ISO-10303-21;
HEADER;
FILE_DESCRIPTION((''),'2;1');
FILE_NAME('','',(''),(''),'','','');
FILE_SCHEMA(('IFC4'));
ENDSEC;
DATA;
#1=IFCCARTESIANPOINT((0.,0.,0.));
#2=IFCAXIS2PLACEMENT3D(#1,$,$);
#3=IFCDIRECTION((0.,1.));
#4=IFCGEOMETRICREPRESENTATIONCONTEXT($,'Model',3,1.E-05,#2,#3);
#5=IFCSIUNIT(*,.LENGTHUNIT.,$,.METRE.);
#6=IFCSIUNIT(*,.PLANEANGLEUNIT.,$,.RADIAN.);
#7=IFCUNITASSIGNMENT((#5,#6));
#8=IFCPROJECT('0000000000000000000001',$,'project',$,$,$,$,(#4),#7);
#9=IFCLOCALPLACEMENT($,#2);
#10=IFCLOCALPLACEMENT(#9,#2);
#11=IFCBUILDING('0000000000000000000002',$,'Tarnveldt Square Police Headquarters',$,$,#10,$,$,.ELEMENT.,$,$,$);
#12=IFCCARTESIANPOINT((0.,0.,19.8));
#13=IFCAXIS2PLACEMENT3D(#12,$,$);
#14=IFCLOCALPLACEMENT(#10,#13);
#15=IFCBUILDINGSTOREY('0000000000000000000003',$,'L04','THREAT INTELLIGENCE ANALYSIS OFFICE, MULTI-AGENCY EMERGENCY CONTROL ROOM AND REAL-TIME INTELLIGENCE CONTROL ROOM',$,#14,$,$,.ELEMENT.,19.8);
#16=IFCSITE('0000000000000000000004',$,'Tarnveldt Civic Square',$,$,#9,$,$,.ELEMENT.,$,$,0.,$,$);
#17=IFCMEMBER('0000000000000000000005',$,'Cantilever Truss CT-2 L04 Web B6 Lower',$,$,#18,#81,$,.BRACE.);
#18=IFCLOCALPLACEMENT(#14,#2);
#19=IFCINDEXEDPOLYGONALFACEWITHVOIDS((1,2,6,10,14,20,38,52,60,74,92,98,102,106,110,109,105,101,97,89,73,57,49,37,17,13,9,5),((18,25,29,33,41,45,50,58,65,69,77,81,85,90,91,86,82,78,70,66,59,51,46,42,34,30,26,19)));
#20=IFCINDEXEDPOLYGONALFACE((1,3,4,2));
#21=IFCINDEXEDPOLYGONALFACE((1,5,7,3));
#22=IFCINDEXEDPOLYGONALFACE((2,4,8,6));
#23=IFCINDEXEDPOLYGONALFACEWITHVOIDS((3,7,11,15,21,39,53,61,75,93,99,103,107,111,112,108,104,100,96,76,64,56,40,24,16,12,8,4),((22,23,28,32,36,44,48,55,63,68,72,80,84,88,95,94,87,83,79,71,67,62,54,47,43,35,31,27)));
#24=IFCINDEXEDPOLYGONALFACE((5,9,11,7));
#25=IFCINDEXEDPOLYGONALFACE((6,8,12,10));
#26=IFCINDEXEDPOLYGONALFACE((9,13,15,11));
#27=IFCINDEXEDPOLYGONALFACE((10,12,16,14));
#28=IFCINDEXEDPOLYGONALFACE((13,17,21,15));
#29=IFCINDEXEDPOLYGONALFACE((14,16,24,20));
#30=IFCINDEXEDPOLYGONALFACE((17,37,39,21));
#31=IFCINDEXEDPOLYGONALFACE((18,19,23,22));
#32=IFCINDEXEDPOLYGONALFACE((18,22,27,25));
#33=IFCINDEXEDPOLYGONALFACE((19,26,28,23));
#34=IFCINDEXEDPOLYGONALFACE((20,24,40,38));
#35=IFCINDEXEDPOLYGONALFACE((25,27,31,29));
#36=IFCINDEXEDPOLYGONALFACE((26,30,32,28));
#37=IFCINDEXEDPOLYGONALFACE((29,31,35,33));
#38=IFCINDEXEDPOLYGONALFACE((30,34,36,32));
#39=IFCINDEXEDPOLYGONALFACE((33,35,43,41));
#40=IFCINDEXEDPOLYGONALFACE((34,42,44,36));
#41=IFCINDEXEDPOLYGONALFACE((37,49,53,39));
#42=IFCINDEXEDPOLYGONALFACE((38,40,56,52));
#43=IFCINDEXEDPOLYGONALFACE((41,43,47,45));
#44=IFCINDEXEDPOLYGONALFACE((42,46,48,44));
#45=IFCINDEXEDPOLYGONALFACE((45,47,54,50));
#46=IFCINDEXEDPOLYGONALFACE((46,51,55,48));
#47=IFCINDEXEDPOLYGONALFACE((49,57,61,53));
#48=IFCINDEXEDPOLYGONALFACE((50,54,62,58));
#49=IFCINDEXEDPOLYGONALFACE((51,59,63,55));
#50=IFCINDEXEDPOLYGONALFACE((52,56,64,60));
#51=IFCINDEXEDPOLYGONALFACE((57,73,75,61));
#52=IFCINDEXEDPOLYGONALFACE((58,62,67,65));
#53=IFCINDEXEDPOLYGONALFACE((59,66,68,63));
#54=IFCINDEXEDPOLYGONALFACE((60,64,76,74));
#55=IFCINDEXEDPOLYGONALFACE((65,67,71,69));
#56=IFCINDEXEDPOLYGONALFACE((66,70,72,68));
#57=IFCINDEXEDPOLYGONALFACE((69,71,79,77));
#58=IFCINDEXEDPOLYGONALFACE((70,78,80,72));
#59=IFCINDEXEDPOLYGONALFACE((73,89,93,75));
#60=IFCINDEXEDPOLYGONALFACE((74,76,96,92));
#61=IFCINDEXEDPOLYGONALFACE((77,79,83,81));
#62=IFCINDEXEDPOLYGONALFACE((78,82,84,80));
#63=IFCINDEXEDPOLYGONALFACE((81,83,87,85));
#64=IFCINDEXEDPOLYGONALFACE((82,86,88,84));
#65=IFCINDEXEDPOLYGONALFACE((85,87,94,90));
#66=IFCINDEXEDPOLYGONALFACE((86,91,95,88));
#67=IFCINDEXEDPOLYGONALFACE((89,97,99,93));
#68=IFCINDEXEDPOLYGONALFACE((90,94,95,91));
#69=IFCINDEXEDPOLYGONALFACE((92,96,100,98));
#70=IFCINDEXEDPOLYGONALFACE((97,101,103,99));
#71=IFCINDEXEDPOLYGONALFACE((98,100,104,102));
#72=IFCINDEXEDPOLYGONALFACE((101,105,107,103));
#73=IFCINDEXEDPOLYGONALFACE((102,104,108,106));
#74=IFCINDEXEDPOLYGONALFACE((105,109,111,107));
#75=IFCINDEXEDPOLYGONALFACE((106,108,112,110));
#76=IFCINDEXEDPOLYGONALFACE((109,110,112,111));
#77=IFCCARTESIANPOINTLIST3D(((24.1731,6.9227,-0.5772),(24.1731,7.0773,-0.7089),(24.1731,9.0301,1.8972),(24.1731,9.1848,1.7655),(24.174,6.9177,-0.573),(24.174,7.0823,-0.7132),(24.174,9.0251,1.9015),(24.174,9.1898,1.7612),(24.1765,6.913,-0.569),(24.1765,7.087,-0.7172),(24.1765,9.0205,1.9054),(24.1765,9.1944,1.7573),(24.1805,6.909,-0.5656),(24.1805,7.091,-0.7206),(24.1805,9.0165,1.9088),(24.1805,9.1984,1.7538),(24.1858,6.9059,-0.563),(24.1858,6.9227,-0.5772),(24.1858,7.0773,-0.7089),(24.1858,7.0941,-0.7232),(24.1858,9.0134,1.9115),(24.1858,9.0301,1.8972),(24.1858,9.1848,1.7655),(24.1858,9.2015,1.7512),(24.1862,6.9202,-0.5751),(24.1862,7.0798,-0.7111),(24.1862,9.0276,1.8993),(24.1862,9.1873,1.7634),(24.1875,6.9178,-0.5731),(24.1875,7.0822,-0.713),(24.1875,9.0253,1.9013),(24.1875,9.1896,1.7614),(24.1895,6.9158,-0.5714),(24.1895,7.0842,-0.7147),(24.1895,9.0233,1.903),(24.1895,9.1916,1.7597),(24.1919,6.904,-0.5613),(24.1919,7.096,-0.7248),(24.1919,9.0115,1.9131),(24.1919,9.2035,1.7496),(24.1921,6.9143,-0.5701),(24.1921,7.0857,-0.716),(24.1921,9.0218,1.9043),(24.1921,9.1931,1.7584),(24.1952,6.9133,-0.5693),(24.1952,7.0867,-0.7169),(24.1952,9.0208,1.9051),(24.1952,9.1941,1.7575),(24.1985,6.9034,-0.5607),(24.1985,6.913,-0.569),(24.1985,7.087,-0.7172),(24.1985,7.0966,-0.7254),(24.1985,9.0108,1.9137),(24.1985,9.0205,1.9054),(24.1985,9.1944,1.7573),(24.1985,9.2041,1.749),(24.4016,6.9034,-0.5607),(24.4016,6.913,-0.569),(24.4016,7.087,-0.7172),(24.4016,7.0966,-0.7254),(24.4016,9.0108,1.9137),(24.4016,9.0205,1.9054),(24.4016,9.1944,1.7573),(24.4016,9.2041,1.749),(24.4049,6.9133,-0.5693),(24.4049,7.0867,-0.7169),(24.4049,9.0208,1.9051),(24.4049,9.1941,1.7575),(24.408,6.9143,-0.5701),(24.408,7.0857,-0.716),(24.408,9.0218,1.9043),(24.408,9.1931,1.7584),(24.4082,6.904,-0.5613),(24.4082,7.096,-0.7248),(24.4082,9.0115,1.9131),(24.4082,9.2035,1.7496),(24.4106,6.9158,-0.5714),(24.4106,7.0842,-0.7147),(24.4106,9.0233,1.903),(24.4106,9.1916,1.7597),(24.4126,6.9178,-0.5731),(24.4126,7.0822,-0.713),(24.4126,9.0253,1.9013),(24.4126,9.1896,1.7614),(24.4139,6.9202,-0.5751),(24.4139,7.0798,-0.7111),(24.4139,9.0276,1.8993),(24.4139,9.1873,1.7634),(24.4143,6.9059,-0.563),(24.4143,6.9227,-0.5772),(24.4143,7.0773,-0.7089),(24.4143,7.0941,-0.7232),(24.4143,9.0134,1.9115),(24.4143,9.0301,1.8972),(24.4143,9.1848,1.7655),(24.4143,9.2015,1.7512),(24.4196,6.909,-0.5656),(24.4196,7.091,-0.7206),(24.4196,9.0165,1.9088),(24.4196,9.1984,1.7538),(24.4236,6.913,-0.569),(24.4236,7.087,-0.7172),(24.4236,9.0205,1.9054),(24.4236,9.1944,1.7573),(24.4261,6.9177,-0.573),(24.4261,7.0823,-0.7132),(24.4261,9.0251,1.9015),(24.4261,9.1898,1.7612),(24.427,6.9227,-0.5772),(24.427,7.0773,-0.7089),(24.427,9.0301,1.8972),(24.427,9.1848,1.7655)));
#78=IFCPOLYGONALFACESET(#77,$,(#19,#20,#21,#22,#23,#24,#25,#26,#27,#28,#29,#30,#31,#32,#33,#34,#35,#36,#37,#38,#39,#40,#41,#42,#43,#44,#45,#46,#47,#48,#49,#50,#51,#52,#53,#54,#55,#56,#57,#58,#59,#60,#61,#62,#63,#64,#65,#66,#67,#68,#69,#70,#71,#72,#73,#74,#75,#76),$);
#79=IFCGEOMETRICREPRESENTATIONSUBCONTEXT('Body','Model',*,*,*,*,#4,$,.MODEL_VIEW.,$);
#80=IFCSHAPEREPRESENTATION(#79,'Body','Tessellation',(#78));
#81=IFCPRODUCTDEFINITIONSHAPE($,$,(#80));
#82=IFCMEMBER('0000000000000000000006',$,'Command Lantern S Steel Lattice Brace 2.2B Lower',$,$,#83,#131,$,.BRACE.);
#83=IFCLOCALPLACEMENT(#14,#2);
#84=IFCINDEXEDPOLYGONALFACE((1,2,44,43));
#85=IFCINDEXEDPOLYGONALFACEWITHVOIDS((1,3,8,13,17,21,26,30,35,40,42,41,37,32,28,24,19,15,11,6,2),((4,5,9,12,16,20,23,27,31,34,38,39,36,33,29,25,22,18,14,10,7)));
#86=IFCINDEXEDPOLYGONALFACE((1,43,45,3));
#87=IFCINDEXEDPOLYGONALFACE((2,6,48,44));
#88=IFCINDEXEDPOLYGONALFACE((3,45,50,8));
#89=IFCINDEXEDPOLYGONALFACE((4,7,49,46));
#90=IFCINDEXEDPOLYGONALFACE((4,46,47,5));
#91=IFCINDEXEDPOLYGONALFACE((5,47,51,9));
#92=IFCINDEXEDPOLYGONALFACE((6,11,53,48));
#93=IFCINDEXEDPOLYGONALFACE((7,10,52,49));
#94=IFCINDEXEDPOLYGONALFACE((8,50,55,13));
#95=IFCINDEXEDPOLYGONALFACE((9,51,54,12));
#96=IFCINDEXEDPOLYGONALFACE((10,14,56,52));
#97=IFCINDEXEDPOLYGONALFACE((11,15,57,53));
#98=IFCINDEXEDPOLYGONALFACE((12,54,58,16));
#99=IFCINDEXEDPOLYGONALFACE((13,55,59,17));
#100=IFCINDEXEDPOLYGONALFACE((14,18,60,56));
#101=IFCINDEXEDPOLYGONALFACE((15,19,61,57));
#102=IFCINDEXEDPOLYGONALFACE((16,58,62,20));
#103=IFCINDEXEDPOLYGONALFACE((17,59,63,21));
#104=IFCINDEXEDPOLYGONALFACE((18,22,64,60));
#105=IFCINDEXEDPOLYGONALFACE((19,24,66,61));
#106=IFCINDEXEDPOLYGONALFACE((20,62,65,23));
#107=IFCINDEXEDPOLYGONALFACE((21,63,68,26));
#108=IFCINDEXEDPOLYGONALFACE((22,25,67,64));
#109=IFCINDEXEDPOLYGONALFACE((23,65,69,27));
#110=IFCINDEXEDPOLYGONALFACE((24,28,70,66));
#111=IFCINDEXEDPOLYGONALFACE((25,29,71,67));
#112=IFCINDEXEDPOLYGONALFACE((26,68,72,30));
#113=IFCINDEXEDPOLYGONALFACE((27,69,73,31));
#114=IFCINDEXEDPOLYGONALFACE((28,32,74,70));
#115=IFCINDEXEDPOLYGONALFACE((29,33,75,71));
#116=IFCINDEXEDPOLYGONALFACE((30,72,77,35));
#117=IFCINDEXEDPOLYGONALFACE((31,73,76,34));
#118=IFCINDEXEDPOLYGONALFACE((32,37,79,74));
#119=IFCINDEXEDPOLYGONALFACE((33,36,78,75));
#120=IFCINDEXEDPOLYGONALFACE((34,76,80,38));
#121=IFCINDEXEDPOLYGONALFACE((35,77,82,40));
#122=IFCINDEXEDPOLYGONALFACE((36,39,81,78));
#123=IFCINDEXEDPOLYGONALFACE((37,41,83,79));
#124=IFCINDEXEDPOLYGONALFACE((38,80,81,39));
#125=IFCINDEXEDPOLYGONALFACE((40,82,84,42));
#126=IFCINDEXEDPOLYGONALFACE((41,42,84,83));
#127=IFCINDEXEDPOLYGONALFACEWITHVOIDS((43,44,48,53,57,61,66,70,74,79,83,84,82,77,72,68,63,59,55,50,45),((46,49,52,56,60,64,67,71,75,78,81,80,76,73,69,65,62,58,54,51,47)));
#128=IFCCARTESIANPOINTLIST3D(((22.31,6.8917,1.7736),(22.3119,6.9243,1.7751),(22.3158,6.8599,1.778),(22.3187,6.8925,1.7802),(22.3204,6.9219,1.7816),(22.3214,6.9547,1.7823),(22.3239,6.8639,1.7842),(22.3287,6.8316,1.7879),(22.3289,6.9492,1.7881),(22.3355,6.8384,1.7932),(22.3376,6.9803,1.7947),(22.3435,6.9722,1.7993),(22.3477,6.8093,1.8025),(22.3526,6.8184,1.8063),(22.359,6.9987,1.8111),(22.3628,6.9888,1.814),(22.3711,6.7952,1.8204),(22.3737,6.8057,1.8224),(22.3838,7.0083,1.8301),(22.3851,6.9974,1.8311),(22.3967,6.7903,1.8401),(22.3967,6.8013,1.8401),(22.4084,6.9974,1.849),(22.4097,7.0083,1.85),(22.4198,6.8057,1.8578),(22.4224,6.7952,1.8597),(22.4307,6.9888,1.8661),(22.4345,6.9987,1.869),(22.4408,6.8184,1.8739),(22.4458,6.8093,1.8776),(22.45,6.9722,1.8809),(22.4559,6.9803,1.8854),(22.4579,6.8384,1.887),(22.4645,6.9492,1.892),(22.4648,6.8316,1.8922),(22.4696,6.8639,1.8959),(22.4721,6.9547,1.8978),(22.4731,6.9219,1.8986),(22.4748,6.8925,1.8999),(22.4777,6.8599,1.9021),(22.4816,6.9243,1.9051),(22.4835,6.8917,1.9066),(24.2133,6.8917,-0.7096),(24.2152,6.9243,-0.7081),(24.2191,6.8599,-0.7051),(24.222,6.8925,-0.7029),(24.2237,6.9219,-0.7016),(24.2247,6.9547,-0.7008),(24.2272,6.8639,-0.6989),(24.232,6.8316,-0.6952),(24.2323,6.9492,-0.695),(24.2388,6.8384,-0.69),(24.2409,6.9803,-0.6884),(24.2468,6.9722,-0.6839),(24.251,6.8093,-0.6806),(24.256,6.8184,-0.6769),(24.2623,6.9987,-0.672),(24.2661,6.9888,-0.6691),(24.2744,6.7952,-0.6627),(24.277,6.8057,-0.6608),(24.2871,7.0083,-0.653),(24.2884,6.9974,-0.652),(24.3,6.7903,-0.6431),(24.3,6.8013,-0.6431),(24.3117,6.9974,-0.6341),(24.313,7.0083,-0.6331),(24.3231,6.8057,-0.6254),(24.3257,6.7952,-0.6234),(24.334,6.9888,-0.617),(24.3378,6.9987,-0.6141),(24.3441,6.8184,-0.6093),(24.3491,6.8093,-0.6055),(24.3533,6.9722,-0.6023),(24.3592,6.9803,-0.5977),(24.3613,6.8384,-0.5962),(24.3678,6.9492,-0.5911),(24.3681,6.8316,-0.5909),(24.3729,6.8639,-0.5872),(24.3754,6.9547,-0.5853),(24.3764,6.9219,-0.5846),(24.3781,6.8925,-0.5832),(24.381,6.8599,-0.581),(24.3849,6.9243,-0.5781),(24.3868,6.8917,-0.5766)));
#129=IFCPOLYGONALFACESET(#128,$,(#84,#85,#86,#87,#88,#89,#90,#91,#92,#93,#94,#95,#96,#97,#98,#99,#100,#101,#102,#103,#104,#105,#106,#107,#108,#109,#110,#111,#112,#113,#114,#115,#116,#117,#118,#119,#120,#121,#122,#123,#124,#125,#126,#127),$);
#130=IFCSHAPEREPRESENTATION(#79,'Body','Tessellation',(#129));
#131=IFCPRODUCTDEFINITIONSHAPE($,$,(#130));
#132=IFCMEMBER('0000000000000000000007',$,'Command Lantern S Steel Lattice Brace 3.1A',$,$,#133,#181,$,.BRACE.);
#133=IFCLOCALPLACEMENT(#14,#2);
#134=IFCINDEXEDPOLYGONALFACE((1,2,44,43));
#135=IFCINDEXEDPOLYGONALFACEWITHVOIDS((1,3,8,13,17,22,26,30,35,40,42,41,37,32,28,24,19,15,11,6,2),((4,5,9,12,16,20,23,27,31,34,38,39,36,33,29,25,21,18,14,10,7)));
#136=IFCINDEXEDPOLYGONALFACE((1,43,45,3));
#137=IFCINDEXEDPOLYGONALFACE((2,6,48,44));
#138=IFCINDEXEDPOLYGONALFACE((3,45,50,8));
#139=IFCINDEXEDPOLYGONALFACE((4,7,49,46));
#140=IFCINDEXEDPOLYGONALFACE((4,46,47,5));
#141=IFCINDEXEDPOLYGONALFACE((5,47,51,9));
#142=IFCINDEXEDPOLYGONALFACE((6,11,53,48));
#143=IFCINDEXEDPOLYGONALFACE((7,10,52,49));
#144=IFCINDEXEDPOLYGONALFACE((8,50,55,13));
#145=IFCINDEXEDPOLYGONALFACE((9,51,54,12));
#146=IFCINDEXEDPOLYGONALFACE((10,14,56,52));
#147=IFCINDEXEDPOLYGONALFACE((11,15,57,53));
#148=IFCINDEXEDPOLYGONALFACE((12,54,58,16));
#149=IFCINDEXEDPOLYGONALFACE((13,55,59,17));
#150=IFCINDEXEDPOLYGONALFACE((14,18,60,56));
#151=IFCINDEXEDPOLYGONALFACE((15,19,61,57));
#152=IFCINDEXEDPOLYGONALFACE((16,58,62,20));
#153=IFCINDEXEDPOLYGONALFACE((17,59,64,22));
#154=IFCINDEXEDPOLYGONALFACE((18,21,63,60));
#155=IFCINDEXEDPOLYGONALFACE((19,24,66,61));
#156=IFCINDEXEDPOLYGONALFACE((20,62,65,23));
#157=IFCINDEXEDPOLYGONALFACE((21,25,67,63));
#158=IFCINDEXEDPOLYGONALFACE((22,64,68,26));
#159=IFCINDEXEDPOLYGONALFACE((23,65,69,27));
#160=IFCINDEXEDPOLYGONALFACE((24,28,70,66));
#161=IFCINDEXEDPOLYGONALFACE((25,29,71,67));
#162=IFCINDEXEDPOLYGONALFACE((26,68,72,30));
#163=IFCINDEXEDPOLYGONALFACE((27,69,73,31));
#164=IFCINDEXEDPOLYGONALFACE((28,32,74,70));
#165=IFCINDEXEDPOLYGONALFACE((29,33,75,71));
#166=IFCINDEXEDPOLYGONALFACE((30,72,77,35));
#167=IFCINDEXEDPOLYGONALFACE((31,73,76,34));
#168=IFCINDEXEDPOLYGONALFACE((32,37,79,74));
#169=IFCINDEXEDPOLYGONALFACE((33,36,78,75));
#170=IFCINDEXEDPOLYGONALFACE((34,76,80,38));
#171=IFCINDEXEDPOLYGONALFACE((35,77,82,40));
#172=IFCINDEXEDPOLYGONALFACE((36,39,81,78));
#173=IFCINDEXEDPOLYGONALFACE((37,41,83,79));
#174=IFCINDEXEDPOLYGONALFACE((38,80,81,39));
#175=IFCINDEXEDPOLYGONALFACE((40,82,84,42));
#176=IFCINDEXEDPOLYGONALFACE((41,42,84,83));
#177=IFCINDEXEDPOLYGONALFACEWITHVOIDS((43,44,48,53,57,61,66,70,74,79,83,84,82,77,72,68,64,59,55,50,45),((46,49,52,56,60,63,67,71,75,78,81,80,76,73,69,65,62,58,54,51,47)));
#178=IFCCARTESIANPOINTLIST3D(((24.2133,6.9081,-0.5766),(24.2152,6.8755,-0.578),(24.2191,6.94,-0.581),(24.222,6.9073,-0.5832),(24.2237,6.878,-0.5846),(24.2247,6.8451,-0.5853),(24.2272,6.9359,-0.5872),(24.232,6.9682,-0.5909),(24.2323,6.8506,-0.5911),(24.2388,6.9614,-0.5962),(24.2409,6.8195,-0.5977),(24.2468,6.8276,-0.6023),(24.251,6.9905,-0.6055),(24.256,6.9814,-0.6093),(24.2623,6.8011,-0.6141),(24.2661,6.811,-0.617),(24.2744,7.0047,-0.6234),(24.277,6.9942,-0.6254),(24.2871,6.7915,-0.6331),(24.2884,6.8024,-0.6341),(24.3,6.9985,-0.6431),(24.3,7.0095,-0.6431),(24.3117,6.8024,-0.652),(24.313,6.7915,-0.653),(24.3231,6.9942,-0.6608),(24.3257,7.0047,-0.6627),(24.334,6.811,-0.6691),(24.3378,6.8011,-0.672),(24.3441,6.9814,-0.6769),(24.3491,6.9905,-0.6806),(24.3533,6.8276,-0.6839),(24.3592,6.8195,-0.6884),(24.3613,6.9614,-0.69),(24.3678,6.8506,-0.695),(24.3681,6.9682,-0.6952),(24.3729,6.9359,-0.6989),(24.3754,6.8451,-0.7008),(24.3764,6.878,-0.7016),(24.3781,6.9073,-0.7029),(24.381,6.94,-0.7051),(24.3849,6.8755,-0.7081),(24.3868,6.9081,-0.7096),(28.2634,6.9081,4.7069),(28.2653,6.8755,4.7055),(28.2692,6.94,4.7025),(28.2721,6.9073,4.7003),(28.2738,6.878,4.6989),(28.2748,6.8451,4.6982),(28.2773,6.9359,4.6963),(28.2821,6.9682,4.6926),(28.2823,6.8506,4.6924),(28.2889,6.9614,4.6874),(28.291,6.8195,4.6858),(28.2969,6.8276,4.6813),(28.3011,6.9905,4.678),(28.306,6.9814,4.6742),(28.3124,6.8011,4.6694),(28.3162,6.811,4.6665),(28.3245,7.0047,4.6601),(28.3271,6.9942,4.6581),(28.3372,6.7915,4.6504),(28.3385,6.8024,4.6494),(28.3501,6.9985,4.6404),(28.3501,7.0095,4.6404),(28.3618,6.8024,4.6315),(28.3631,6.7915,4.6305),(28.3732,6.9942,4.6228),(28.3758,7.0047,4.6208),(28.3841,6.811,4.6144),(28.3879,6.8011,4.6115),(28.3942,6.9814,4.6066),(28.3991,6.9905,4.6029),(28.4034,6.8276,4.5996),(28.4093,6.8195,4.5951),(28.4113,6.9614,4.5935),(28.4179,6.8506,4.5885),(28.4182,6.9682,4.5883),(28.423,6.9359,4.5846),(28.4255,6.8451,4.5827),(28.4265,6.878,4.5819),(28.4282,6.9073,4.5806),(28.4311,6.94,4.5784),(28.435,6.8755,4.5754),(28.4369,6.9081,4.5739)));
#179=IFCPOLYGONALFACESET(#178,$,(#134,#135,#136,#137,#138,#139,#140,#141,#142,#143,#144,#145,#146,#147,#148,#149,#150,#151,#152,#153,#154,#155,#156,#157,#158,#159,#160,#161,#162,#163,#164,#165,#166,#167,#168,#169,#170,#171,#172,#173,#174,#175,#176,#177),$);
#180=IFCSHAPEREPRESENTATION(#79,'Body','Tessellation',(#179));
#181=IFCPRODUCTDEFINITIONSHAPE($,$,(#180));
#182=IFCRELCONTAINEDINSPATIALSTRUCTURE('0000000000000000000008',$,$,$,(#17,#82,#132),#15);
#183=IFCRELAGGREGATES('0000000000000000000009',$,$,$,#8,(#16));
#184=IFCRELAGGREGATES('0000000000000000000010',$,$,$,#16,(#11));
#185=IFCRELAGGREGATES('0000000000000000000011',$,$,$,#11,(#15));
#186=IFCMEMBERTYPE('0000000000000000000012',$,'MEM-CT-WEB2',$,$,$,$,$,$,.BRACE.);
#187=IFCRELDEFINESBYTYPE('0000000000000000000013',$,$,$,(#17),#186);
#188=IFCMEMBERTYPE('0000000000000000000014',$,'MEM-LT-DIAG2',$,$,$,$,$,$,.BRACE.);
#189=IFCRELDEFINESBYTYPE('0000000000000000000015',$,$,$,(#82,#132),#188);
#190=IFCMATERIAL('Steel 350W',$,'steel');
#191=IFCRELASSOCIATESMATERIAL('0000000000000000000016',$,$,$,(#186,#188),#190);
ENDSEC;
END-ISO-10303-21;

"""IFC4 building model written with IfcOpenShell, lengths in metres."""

from ifc_helpers import new_model, si_unit, direction, frame, origin, origin_2d, place, context, subcontext, project, spatial, hollow_rectangle, hollow_circle, extrude, material, material_profile, profile_set, type_object, element, save


model = new_model("IFC4")

# Units and contexts
model_context = context("Model", 3, precision=1e-05, world=origin(), true_north=direction((0.0, 1.0)))
body_context = subcontext(model_context, "Body", "Model", "MODEL_VIEW")
ifc_project = project(units=[si_unit("LENGTHUNIT", "METRE"), si_unit("PLANEANGLEUNIT", "RADIAN")], contexts=[model_context])

# Site, building, storey
site_placement = place(None, origin())
site = spatial("IfcSite", under=ifc_project, at=site_placement, Name="Tarnveldt Civic Square", CompositionType="ELEMENT", RefElevation=0.0)
building_placement = place(site_placement, origin())
building = spatial("IfcBuilding", under=site, at=building_placement, Name="Tarnveldt Square Police Headquarters", CompositionType="ELEMENT")
storey_placement = place(building_placement, frame((0.0, 0.0, 19.8)))
storey = spatial("IfcBuildingStorey", under=building, at=storey_placement, Name="L04", Description="THREAT INTELLIGENCE ANALYSIS OFFICE, MULTI-AGENCY EMERGENCY CONTROL ROOM AND REAL-TIME INTELLIGENCE CONTROL ROOM", CompositionType="ELEMENT", Elevation=19.8)

# Shared definitions
ifc_material_1 = material(Name="Steel 350W", Category="steel")

# Members
ifc_material_profile_1 = material_profile(ifc_material_1, hollow_rectangle(XDim=0.2539, YDim=0.2539, WallThickness=0.0127, InnerFilletRadius=0.0127, OuterFilletRadius=0.0254, at=origin_2d()), Name="HSS254x254x13")
ifc_profile_set_1 = profile_set([ifc_material_profile_1], Name="Steel 350W")
member_type_1 = type_object("IfcMemberType", Name="MEM-CT-WEB2", PredefinedType="BRACE", material=ifc_profile_set_1)
member_1_placement = place(storey_placement, frame((24.3, 7.0, -0.6431), z_axis=(0.0, 0.6484, 0.7613), x_axis=(-1.0, 0.0, 0.0)))
element("IfcMember", 1, at=member_1_placement, inside=storey, type_object=member_type_1, Name="Cantilever Truss CT-2 L04 Web B6 Lower", PredefinedType="BRACE", context=body_context, shape_type="SweptSolid", body=[
    extrude(hollow_rectangle(XDim=0.2539, YDim=0.2539, WallThickness=0.0127, InnerFilletRadius=0.0127, OuterFilletRadius=0.0254, at=origin_2d()), origin(), (0.0, 0.0, 1.0), 3.2502),
])
ifc_material_profile_2 = material_profile(ifc_material_1, hollow_circle(Radius=0.1096, WallThickness=0.011, at=origin_2d()), Name="HSS219x11")
ifc_profile_set_2 = profile_set([ifc_material_profile_2], Name="Steel 350W")
member_type_2 = type_object("IfcMemberType", Name="MEM-LT-DIAG2", PredefinedType="BRACE", material=ifc_profile_set_2)
member_2_placement = place(storey_placement, frame((24.3, 6.8999, -0.6431), z_axis=(-0.608345, 0.0, 0.793673), x_axis=(0.0, -1.0, 0.0)))
element("IfcMember", 2, at=member_2_placement, inside=storey, type_object=member_type_2, Name="Command Lantern S Steel Lattice Brace 2.2B Lower", PredefinedType="BRACE", context=body_context, shape_type="SweptSolid", body=[
    extrude(hollow_circle(Radius=0.1096, WallThickness=0.011, at=origin_2d()), origin(), (0.0, 0.0, 1.0), 3.1287),
])
member_3_placement = place(storey_placement, frame((24.3, 6.8999, -0.6431), z_axis=(0.608375, 0.0, 0.793649), x_axis=(0.0, 1.0, 0.0)))
element("IfcMember", 3, at=member_3_placement, inside=storey, type_object=member_type_2, Name="Command Lantern S Steel Lattice Brace 3.1A", PredefinedType="BRACE", context=body_context, shape_type="SweptSolid", body=[
    extrude(hollow_circle(Radius=0.1096, WallThickness=0.011, at=origin_2d()), origin(), (0.0, 0.0, 1.0), 6.6572),
])

save(model, "model.ifc")
